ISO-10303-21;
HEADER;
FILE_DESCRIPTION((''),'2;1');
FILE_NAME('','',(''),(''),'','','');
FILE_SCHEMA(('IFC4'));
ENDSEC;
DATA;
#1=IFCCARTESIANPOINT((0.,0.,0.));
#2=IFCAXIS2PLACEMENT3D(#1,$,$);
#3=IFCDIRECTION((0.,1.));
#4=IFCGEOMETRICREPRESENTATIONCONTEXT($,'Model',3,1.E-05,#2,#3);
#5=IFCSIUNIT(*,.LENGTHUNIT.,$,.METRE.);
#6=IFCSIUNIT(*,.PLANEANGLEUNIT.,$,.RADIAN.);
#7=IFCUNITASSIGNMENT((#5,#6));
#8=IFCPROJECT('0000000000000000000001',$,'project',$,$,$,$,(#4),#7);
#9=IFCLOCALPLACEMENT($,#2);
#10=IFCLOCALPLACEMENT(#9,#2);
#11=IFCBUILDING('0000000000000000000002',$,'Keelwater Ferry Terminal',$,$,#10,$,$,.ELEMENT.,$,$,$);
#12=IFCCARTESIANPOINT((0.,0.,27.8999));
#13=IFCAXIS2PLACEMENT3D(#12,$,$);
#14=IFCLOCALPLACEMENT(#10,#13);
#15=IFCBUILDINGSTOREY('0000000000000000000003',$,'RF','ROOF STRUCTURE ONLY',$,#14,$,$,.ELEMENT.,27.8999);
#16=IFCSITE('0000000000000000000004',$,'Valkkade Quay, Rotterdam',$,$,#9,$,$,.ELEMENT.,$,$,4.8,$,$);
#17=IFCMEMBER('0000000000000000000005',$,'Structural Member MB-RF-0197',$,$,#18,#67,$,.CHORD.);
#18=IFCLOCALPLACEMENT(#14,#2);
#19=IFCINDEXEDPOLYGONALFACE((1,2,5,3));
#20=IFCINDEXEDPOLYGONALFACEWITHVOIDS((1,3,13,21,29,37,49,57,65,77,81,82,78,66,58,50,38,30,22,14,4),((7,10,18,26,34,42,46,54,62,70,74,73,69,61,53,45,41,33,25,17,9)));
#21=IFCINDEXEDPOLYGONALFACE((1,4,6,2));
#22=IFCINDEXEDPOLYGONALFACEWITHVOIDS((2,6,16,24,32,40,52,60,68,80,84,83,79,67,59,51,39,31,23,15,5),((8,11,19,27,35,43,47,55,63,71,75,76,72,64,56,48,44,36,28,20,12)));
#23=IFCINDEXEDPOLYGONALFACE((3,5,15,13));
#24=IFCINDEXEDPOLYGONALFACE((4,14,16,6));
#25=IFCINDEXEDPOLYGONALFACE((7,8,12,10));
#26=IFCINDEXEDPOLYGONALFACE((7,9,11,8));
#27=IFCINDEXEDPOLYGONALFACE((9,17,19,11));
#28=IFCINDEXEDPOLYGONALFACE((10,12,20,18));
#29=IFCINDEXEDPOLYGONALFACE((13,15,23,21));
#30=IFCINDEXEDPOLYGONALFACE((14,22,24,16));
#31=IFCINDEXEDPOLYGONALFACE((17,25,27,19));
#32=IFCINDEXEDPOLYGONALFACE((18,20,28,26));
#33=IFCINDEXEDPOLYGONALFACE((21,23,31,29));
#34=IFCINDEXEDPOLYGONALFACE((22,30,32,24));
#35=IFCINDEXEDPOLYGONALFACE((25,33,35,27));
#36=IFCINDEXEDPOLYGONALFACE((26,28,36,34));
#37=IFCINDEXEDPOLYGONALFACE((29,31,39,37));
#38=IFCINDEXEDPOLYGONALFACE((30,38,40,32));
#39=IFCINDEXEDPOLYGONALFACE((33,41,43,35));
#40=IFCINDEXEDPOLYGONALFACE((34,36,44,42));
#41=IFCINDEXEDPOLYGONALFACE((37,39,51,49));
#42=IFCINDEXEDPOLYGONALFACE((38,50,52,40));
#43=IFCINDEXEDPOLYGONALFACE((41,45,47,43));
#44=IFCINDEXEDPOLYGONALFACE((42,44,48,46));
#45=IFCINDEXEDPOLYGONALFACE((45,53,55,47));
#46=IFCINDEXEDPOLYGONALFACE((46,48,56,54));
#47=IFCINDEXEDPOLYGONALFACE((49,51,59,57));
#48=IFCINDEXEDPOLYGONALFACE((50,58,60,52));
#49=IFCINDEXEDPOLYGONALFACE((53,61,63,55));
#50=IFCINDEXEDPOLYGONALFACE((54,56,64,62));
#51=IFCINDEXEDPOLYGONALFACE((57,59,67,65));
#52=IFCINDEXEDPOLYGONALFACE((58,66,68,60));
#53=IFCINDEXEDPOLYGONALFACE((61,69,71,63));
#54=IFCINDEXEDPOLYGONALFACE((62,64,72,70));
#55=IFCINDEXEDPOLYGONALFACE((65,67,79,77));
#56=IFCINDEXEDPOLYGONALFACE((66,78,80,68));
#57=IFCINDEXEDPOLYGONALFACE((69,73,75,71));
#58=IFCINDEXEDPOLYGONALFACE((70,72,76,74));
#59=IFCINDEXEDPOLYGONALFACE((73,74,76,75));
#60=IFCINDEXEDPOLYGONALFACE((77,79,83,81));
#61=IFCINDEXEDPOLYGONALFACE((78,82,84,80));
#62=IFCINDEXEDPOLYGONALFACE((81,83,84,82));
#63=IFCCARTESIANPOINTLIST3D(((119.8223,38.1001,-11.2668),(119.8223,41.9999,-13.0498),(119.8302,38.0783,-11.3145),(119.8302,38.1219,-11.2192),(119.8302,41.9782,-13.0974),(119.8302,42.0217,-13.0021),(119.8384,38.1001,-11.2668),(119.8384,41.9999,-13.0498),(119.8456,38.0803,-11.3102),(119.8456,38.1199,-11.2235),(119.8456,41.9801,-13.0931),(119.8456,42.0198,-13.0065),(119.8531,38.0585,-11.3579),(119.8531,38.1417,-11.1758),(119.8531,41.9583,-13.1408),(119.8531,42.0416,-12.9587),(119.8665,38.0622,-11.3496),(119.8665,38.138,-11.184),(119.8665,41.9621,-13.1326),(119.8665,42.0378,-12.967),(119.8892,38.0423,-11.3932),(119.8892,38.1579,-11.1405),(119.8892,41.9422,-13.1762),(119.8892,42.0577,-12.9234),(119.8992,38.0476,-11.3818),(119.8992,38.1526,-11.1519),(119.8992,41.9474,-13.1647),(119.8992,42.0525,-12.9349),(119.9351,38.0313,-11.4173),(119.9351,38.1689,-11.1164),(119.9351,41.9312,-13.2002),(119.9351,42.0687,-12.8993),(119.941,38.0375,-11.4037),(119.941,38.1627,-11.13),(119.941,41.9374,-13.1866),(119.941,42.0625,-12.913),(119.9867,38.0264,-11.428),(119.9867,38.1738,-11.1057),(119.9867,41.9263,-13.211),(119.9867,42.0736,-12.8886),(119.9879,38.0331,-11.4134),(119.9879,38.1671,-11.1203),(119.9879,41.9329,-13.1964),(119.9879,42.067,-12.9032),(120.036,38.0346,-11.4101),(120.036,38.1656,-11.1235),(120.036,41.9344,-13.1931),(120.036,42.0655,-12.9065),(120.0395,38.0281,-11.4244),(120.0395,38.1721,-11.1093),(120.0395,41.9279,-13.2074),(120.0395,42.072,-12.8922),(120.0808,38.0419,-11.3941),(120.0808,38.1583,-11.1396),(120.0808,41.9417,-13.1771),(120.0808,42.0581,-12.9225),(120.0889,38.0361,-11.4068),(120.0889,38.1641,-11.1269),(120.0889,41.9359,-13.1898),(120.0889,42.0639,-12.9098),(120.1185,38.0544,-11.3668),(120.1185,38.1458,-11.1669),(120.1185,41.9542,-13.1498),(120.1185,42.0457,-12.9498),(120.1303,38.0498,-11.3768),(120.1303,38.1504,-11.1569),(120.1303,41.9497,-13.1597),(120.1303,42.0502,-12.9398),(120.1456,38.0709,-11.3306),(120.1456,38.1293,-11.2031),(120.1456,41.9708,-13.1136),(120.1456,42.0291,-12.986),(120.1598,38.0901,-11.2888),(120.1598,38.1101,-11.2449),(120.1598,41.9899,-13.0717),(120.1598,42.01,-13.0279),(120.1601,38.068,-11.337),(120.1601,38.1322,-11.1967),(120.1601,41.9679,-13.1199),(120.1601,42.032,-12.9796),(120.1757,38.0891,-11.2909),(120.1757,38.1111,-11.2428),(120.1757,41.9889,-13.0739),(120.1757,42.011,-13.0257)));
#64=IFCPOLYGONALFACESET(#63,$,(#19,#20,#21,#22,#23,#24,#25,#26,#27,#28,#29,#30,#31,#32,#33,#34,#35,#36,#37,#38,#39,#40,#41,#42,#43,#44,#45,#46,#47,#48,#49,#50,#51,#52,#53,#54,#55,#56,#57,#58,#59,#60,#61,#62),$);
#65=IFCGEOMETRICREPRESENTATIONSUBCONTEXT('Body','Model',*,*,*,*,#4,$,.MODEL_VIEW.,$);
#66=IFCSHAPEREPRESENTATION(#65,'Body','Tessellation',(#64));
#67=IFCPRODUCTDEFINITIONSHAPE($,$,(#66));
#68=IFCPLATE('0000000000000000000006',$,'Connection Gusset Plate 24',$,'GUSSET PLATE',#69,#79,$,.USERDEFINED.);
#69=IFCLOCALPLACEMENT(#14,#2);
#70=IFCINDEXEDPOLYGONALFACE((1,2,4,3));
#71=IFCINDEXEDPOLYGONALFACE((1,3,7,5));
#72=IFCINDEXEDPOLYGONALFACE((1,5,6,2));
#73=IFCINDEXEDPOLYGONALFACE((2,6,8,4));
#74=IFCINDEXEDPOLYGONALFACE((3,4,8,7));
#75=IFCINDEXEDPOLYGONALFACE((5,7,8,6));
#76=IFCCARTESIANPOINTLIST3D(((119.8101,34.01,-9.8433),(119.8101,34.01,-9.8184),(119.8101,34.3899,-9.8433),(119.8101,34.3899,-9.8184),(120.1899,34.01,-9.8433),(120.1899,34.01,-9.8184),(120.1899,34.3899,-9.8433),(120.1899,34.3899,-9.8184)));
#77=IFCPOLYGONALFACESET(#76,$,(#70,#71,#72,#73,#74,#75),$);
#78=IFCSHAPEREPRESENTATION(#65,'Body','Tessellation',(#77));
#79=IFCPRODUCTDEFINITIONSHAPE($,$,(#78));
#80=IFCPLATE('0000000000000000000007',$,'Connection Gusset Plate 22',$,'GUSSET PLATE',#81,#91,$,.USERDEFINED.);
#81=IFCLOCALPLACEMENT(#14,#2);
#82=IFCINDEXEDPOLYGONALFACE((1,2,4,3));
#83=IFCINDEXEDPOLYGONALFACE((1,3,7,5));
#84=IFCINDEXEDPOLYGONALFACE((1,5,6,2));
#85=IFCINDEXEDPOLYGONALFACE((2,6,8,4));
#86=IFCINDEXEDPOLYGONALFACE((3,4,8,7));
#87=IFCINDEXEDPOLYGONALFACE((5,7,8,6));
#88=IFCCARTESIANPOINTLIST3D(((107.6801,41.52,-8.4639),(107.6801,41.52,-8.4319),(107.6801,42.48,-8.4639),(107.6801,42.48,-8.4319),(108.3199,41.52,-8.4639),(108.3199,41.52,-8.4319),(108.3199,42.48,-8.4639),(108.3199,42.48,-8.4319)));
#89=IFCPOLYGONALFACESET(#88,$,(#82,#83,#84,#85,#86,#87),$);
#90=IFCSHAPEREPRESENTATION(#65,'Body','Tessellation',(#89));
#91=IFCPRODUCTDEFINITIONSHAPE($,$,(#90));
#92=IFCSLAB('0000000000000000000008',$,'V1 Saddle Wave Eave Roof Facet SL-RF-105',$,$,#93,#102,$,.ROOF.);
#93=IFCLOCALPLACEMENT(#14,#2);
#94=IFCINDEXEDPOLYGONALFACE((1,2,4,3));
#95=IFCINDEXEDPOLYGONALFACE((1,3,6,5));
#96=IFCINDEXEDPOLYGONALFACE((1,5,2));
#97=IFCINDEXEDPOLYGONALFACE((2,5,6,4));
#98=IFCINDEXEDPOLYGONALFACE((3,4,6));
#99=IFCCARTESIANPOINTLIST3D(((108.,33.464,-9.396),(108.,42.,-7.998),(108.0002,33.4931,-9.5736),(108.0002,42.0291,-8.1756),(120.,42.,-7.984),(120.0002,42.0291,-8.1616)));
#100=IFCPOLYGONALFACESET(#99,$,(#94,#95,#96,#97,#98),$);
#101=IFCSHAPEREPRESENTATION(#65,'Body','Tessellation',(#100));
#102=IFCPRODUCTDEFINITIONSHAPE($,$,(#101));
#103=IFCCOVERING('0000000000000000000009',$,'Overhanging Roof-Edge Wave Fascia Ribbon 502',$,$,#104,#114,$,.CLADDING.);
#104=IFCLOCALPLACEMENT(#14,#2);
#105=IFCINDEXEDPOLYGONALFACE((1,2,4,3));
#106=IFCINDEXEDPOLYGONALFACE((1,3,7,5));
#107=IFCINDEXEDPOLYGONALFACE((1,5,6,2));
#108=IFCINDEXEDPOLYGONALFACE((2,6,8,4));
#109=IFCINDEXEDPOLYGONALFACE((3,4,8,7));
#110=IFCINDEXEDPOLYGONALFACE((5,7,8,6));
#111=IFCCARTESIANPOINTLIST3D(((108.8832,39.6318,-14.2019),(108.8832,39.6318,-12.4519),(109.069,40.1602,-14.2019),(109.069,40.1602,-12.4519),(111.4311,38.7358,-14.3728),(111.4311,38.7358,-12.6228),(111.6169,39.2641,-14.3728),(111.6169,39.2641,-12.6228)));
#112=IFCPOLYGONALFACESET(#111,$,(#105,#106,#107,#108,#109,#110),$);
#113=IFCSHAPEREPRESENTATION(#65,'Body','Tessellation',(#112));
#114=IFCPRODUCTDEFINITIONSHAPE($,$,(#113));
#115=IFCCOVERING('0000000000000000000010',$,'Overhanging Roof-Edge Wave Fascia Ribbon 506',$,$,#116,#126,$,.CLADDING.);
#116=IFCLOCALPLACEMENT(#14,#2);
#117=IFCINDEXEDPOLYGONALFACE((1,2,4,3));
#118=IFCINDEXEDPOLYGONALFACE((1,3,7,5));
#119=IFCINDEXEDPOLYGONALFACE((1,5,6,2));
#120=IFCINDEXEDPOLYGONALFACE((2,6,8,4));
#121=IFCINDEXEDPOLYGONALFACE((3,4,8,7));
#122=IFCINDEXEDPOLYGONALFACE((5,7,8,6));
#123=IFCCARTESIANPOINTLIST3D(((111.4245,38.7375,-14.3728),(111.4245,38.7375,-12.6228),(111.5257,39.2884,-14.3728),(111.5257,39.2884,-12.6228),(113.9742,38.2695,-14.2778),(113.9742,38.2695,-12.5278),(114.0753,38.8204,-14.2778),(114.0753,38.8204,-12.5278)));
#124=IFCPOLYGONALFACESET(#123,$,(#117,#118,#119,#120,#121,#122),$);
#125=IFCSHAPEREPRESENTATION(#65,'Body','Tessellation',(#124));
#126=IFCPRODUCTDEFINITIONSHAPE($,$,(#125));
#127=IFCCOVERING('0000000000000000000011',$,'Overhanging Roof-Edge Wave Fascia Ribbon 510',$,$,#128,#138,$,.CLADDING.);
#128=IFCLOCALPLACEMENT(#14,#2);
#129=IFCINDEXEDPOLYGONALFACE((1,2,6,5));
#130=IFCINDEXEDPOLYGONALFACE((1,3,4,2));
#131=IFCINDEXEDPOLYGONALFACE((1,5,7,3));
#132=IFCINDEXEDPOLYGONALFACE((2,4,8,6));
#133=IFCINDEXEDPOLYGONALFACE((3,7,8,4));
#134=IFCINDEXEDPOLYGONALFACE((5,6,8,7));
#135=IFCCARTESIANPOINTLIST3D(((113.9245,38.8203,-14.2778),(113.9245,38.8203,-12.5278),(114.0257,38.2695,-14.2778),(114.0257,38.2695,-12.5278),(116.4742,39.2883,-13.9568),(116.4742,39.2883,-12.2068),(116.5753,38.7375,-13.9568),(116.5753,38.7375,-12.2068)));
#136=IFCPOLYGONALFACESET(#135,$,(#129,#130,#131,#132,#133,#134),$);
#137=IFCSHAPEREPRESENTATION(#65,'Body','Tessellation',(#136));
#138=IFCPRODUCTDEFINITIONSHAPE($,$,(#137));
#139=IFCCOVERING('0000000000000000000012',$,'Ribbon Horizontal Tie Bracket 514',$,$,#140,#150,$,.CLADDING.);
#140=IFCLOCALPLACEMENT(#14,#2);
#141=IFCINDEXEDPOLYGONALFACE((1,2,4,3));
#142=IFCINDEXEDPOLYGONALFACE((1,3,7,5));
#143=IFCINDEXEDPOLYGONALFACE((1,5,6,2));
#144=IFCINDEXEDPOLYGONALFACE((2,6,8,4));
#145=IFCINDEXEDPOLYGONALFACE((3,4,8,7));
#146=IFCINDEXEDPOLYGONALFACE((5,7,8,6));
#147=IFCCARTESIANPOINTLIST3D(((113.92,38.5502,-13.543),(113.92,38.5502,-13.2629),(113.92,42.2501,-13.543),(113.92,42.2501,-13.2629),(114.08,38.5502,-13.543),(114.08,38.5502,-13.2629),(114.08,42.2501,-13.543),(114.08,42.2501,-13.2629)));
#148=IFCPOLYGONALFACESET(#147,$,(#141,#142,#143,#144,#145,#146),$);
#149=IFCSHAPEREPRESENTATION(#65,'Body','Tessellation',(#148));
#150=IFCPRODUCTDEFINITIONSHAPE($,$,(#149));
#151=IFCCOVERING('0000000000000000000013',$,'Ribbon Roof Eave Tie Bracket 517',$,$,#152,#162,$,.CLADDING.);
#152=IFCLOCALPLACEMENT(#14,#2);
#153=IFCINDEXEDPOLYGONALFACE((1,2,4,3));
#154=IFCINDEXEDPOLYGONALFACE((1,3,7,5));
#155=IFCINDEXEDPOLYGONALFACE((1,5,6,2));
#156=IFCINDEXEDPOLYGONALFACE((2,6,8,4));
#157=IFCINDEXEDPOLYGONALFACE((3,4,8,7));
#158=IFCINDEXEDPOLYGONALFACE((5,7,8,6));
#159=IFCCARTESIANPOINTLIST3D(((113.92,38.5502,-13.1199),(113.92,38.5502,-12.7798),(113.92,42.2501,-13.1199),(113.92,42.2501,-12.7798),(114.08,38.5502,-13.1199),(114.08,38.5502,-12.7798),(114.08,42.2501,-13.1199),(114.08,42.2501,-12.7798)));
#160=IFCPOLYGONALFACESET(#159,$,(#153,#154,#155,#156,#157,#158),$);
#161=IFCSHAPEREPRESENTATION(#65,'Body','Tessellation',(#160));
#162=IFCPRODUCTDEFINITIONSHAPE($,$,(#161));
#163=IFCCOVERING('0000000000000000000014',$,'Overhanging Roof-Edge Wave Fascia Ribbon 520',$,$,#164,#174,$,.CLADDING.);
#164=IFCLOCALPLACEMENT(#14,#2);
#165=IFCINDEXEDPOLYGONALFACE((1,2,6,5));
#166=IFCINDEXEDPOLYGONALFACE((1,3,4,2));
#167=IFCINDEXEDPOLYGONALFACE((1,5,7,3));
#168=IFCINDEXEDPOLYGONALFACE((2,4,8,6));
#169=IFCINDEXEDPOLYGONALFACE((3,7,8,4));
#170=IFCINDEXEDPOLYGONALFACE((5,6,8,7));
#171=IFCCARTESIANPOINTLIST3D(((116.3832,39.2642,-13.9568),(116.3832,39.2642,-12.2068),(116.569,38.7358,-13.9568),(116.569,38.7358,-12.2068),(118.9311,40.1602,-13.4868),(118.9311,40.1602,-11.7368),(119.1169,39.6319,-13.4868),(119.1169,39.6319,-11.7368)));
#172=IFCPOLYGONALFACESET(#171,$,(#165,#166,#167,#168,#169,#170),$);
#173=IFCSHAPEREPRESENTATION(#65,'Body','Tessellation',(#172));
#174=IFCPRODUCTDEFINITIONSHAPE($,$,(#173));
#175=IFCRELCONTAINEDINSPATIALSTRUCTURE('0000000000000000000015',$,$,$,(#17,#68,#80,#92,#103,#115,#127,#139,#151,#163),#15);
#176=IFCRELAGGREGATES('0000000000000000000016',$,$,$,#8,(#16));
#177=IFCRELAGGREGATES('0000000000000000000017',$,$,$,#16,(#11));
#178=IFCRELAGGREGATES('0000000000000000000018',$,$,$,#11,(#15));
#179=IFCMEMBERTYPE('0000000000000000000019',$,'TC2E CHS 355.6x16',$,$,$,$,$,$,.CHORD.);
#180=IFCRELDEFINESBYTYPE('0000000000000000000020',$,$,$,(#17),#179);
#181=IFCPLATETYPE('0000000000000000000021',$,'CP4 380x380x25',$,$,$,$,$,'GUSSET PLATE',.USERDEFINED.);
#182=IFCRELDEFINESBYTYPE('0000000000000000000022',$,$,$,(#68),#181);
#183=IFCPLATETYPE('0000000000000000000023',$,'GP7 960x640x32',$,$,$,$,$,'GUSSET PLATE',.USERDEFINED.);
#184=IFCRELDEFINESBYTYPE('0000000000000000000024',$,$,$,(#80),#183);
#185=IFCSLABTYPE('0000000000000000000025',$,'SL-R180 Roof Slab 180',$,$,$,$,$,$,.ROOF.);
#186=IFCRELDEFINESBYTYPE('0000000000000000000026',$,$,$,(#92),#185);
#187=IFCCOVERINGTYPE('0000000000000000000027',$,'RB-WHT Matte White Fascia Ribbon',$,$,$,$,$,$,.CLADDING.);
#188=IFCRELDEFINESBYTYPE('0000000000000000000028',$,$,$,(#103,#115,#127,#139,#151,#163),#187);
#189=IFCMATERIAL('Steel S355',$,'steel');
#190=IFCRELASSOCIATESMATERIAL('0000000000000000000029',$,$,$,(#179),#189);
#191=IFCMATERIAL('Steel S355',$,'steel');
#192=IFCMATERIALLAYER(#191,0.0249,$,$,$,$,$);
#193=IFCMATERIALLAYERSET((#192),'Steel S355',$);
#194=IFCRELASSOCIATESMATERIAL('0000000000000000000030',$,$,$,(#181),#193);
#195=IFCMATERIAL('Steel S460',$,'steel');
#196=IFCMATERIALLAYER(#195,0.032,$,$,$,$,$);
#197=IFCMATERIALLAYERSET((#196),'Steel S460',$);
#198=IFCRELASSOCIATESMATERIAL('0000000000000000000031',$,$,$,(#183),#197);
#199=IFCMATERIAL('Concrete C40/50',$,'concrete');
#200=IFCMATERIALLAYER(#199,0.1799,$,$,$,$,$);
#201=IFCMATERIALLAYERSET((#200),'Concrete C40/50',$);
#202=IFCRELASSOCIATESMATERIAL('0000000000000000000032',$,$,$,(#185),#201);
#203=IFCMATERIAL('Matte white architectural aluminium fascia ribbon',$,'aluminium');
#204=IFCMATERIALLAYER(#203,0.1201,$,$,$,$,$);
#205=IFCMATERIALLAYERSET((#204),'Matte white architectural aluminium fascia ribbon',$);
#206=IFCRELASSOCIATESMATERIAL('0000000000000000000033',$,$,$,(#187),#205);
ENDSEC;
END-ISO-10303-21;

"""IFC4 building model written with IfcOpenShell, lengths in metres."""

from ifc_helpers import new_model, si_unit, direction, frame, frame_2d, origin, origin_with_axes, origin_2d, place, context, subcontext, project, spatial, polyline, rectangle, hollow_circle, outline, extrude, material, layer, layer_set, material_profile, profile_set, type_object, element, save


model = new_model("IFC4")

# Units and contexts
model_context = context("Model", 3, precision=1e-05, world=origin(), true_north=direction((0.0, 1.0)))
body_context = subcontext(model_context, "Body", "Model", "MODEL_VIEW")
ifc_project = project(units=[si_unit("LENGTHUNIT", "METRE"), si_unit("PLANEANGLEUNIT", "RADIAN")], contexts=[model_context])

# Site, building, storey
site_placement = place(None, origin())
site = spatial("IfcSite", under=ifc_project, at=site_placement, Name="Valkkade Quay, Rotterdam", CompositionType="ELEMENT", RefElevation=4.8)
building_placement = place(site_placement, origin())
building = spatial("IfcBuilding", under=site, at=building_placement, Name="Keelwater Ferry Terminal", CompositionType="ELEMENT")
storey_placement = place(building_placement, frame((0.0, 0.0, 27.8999)))
storey = spatial("IfcBuildingStorey", under=building, at=storey_placement, Name="RF", Description="ROOF STRUCTURE ONLY", CompositionType="ELEMENT", Elevation=27.8999)

# Member
ifc_material_1 = material(Name="Steel S355", Category="steel")
ifc_material_profile_1 = material_profile(ifc_material_1, hollow_circle(Radius=0.1777, WallThickness=0.0161, at=origin_2d()), Name="CHS 355.6x16")
ifc_profile_set_1 = profile_set([ifc_material_profile_1], Name="Steel S355")
member_type_1 = type_object("IfcMemberType", Name="TC2E CHS 355.6x16", PredefinedType="CHORD", material=ifc_profile_set_1)
member_1_placement = place(storey_placement, frame((120.0, 38.1001, -11.2668), z_axis=(0.0, 0.909462, -0.415788), x_axis=(-1.0, 0.0, 0.0)))
element("IfcMember", 1, at=member_1_placement, inside=storey, type_object=member_type_1, Name="Structural Member MB-RF-0197", PredefinedType="CHORD", context=body_context, shape_type="SweptSolid", body=[
    extrude(hollow_circle(Radius=0.1777, WallThickness=0.0161, at=origin_2d()), origin(), (0.0, 0.0, 1.0), 4.2881),
])

# Plates
ifc_material_2 = material(Name="Steel S355", Category="steel")
ifc_layer_1 = layer(ifc_material_2, 0.0249)
ifc_layer_set_1 = layer_set([ifc_layer_1], Name="Steel S355")
plate_type_1 = type_object("IfcPlateType", Name="CP4 380x380x25", ElementType="GUSSET PLATE", PredefinedType="USERDEFINED", material=ifc_layer_set_1)
plate_1_placement = place(storey_placement, frame((120.0, 34.2, -9.8433), z_axis=(0.0, 0.0, 1.0), x_axis=(0.0, 1.0, 0.0)))
element("IfcPlate", 2, at=plate_1_placement, inside=storey, type_object=plate_type_1, Name="Connection Gusset Plate 24", ObjectType="GUSSET PLATE", PredefinedType="USERDEFINED", context=body_context, shape_type="SweptSolid", body=[
    extrude(rectangle(XDim=0.3799, YDim=0.3799, at=origin_2d()), origin(), (0.0, 0.0, 1.0), 0.0249),
])
ifc_material_3 = material(Name="Steel S460", Category="steel")
ifc_layer_2 = layer(ifc_material_3, 0.032)
ifc_layer_set_2 = layer_set([ifc_layer_2], Name="Steel S460")
plate_type_2 = type_object("IfcPlateType", Name="GP7 960x640x32", ElementType="GUSSET PLATE", PredefinedType="USERDEFINED", material=ifc_layer_set_2)
plate_2_placement = place(storey_placement, frame((108.0, 42.0, -8.4639), z_axis=(0.0, 0.0, 1.0), x_axis=(0.0, 1.0, 0.0)))
element("IfcPlate", 3, at=plate_2_placement, inside=storey, type_object=plate_type_2, Name="Connection Gusset Plate 22", ObjectType="GUSSET PLATE", PredefinedType="USERDEFINED", context=body_context, shape_type="SweptSolid", body=[
    extrude(rectangle(XDim=0.96, YDim=0.6399, at=origin_2d()), origin(), (0.0, 0.0, 1.0), 0.032),
])

# Slab
ifc_material_4 = material(Name="Concrete C40/50", Category="concrete")
ifc_layer_3 = layer(ifc_material_4, 0.1799)
ifc_layer_set_3 = layer_set([ifc_layer_3], Name="Concrete C40/50")
slab_type = type_object("IfcSlabType", Name="SL-R180 Roof Slab 180", PredefinedType="ROOF", material=ifc_layer_set_3)
slab_placement = place(storey_placement, frame((108.0002, 33.4931, -9.5736), z_axis=(-0.001151, -0.161624, 0.986852), x_axis=(0.999999, -0.000186, 0.001136)))
element("IfcSlab", 4, at=slab_placement, inside=storey, type_object=slab_type, Name="V1 Saddle Wave Eave Roof Facet SL-RF-105", PredefinedType="ROOF", context=body_context, shape_type="SweptSolid", body=[
    extrude(outline(polyline([(0.0, 0.0), (12.0, 8.652), (0.0, 8.6497), (0.0, 0.0)])), origin_with_axes(), (0.0, 0.0, 1.0), 0.18),
])

# Coverings
ifc_material_5 = material(Name="Matte white architectural aluminium fascia ribbon", Category="aluminium")
ifc_layer_4 = layer(ifc_material_5, 0.1201)
ifc_layer_set_4 = layer_set([ifc_layer_4], Name="Matte white architectural aluminium fascia ribbon")
covering_type = type_object("IfcCoveringType", Name="RB-WHT Matte White Fascia Ribbon", PredefinedType="CLADDING", material=ifc_layer_set_4)
covering_1_placement = place(storey_placement, frame((108.9761, 39.896, -14.3728), z_axis=(0.0, 0.0, 1.0), x_axis=(0.943367, -0.331751, 0.0)))
element("IfcCovering", 5, at=covering_1_placement, inside=storey, type_object=covering_type, Name="Overhanging Roof-Edge Wave Fascia Ribbon 502", PredefinedType="CLADDING", context=body_context, shape_type="SweptSolid", body=[
    extrude(outline(polyline([(0.0, 0.1709), (2.7009, 0.0), (2.7009, 1.75), (0.0, 1.9209), (0.0, 0.1709)])), frame((0.0, 0.28, 0.0), z_axis=(0.0, -1.0, 0.0), x_axis=(1.0, 0.0, 0.0)), (0.0, 0.0, 1.0), 0.5601),
])
covering_2_placement = place(storey_placement, frame((111.4751, 39.0129, -14.3728), z_axis=(0.0, 0.0, 1.0), x_axis=(0.983569, -0.180534, 0.0)))
element("IfcCovering", 6, at=covering_2_placement, inside=storey, type_object=covering_type, Name="Overhanging Roof-Edge Wave Fascia Ribbon 506", PredefinedType="CLADDING", context=body_context, shape_type="SweptSolid", body=[
    extrude(outline(polyline([(0.0, 0.0), (2.5923, 0.095), (2.5923, 1.845), (0.0, 1.75), (0.0, 0.0)])), frame((0.0, 0.28, 0.0), z_axis=(0.0, -1.0, 0.0), x_axis=(1.0, 0.0, 0.0)), (0.0, 0.0, 1.0), 0.5601),
])
covering_3_placement = place(storey_placement, frame((113.9751, 38.5449, -14.2778), z_axis=(0.0, 0.0, 1.0), x_axis=(0.983569, 0.180534, 0.0)))
element("IfcCovering", 7, at=covering_3_placement, inside=storey, type_object=covering_type, Name="Overhanging Roof-Edge Wave Fascia Ribbon 510", PredefinedType="CLADDING", context=body_context, shape_type="SweptSolid", body=[
    extrude(outline(polyline([(0.0, 0.0), (2.5923, 0.321), (2.5923, 2.071), (0.0, 1.75), (0.0, 0.0)])), frame((0.0, 0.28, 0.0), z_axis=(0.0, -1.0, 0.0), x_axis=(1.0, 0.0, 0.0)), (0.0, 0.0, 1.0), 0.5601),
])
covering_4_placement = place(storey_placement, frame((114.0, 38.55, -13.543), z_axis=(0.0, 0.0, 1.0), x_axis=(0.0, 1.0, 0.0)))
element("IfcCovering", 8, at=covering_4_placement, inside=storey, type_object=covering_type, Name="Ribbon Horizontal Tie Bracket 514", PredefinedType="CLADDING", context=body_context, shape_type="SweptSolid", body=[
    extrude(rectangle(XDim=3.7, YDim=0.1599, at=frame_2d((1.8501, 0.0))), origin(), (0.0, 0.0, 1.0), 0.28),
])
covering_5_placement = place(storey_placement, frame((114.0, 38.55, -13.1199), z_axis=(0.0, 0.0, 1.0), x_axis=(0.0, 1.0, 0.0)))
element("IfcCovering", 9, at=covering_5_placement, inside=storey, type_object=covering_type, Name="Ribbon Roof Eave Tie Bracket 517", PredefinedType="CLADDING", context=body_context, shape_type="SweptSolid", body=[
    extrude(rectangle(XDim=3.7, YDim=0.1599, at=frame_2d((1.8501, 0.0))), origin(), (0.0, 0.0, 1.0), 0.3401),
])
covering_6_placement = place(storey_placement, frame((116.4761, 39.0, -13.9568), z_axis=(0.0, 0.0, 1.0), x_axis=(0.943367, 0.331751, 0.0)))
element("IfcCovering", 10, at=covering_6_placement, inside=storey, type_object=covering_type, Name="Overhanging Roof-Edge Wave Fascia Ribbon 520", PredefinedType="CLADDING", context=body_context, shape_type="SweptSolid", body=[
    extrude(outline(polyline([(0.0, 0.0), (2.7009, 0.47), (2.7009, 2.22), (0.0, 1.75), (0.0, 0.0)])), frame((0.0, 0.28, 0.0), z_axis=(0.0, -1.0, 0.0), x_axis=(1.0, 0.0, 0.0)), (0.0, 0.0, 1.0), 0.5601),
])

save(model, "model.ifc")
